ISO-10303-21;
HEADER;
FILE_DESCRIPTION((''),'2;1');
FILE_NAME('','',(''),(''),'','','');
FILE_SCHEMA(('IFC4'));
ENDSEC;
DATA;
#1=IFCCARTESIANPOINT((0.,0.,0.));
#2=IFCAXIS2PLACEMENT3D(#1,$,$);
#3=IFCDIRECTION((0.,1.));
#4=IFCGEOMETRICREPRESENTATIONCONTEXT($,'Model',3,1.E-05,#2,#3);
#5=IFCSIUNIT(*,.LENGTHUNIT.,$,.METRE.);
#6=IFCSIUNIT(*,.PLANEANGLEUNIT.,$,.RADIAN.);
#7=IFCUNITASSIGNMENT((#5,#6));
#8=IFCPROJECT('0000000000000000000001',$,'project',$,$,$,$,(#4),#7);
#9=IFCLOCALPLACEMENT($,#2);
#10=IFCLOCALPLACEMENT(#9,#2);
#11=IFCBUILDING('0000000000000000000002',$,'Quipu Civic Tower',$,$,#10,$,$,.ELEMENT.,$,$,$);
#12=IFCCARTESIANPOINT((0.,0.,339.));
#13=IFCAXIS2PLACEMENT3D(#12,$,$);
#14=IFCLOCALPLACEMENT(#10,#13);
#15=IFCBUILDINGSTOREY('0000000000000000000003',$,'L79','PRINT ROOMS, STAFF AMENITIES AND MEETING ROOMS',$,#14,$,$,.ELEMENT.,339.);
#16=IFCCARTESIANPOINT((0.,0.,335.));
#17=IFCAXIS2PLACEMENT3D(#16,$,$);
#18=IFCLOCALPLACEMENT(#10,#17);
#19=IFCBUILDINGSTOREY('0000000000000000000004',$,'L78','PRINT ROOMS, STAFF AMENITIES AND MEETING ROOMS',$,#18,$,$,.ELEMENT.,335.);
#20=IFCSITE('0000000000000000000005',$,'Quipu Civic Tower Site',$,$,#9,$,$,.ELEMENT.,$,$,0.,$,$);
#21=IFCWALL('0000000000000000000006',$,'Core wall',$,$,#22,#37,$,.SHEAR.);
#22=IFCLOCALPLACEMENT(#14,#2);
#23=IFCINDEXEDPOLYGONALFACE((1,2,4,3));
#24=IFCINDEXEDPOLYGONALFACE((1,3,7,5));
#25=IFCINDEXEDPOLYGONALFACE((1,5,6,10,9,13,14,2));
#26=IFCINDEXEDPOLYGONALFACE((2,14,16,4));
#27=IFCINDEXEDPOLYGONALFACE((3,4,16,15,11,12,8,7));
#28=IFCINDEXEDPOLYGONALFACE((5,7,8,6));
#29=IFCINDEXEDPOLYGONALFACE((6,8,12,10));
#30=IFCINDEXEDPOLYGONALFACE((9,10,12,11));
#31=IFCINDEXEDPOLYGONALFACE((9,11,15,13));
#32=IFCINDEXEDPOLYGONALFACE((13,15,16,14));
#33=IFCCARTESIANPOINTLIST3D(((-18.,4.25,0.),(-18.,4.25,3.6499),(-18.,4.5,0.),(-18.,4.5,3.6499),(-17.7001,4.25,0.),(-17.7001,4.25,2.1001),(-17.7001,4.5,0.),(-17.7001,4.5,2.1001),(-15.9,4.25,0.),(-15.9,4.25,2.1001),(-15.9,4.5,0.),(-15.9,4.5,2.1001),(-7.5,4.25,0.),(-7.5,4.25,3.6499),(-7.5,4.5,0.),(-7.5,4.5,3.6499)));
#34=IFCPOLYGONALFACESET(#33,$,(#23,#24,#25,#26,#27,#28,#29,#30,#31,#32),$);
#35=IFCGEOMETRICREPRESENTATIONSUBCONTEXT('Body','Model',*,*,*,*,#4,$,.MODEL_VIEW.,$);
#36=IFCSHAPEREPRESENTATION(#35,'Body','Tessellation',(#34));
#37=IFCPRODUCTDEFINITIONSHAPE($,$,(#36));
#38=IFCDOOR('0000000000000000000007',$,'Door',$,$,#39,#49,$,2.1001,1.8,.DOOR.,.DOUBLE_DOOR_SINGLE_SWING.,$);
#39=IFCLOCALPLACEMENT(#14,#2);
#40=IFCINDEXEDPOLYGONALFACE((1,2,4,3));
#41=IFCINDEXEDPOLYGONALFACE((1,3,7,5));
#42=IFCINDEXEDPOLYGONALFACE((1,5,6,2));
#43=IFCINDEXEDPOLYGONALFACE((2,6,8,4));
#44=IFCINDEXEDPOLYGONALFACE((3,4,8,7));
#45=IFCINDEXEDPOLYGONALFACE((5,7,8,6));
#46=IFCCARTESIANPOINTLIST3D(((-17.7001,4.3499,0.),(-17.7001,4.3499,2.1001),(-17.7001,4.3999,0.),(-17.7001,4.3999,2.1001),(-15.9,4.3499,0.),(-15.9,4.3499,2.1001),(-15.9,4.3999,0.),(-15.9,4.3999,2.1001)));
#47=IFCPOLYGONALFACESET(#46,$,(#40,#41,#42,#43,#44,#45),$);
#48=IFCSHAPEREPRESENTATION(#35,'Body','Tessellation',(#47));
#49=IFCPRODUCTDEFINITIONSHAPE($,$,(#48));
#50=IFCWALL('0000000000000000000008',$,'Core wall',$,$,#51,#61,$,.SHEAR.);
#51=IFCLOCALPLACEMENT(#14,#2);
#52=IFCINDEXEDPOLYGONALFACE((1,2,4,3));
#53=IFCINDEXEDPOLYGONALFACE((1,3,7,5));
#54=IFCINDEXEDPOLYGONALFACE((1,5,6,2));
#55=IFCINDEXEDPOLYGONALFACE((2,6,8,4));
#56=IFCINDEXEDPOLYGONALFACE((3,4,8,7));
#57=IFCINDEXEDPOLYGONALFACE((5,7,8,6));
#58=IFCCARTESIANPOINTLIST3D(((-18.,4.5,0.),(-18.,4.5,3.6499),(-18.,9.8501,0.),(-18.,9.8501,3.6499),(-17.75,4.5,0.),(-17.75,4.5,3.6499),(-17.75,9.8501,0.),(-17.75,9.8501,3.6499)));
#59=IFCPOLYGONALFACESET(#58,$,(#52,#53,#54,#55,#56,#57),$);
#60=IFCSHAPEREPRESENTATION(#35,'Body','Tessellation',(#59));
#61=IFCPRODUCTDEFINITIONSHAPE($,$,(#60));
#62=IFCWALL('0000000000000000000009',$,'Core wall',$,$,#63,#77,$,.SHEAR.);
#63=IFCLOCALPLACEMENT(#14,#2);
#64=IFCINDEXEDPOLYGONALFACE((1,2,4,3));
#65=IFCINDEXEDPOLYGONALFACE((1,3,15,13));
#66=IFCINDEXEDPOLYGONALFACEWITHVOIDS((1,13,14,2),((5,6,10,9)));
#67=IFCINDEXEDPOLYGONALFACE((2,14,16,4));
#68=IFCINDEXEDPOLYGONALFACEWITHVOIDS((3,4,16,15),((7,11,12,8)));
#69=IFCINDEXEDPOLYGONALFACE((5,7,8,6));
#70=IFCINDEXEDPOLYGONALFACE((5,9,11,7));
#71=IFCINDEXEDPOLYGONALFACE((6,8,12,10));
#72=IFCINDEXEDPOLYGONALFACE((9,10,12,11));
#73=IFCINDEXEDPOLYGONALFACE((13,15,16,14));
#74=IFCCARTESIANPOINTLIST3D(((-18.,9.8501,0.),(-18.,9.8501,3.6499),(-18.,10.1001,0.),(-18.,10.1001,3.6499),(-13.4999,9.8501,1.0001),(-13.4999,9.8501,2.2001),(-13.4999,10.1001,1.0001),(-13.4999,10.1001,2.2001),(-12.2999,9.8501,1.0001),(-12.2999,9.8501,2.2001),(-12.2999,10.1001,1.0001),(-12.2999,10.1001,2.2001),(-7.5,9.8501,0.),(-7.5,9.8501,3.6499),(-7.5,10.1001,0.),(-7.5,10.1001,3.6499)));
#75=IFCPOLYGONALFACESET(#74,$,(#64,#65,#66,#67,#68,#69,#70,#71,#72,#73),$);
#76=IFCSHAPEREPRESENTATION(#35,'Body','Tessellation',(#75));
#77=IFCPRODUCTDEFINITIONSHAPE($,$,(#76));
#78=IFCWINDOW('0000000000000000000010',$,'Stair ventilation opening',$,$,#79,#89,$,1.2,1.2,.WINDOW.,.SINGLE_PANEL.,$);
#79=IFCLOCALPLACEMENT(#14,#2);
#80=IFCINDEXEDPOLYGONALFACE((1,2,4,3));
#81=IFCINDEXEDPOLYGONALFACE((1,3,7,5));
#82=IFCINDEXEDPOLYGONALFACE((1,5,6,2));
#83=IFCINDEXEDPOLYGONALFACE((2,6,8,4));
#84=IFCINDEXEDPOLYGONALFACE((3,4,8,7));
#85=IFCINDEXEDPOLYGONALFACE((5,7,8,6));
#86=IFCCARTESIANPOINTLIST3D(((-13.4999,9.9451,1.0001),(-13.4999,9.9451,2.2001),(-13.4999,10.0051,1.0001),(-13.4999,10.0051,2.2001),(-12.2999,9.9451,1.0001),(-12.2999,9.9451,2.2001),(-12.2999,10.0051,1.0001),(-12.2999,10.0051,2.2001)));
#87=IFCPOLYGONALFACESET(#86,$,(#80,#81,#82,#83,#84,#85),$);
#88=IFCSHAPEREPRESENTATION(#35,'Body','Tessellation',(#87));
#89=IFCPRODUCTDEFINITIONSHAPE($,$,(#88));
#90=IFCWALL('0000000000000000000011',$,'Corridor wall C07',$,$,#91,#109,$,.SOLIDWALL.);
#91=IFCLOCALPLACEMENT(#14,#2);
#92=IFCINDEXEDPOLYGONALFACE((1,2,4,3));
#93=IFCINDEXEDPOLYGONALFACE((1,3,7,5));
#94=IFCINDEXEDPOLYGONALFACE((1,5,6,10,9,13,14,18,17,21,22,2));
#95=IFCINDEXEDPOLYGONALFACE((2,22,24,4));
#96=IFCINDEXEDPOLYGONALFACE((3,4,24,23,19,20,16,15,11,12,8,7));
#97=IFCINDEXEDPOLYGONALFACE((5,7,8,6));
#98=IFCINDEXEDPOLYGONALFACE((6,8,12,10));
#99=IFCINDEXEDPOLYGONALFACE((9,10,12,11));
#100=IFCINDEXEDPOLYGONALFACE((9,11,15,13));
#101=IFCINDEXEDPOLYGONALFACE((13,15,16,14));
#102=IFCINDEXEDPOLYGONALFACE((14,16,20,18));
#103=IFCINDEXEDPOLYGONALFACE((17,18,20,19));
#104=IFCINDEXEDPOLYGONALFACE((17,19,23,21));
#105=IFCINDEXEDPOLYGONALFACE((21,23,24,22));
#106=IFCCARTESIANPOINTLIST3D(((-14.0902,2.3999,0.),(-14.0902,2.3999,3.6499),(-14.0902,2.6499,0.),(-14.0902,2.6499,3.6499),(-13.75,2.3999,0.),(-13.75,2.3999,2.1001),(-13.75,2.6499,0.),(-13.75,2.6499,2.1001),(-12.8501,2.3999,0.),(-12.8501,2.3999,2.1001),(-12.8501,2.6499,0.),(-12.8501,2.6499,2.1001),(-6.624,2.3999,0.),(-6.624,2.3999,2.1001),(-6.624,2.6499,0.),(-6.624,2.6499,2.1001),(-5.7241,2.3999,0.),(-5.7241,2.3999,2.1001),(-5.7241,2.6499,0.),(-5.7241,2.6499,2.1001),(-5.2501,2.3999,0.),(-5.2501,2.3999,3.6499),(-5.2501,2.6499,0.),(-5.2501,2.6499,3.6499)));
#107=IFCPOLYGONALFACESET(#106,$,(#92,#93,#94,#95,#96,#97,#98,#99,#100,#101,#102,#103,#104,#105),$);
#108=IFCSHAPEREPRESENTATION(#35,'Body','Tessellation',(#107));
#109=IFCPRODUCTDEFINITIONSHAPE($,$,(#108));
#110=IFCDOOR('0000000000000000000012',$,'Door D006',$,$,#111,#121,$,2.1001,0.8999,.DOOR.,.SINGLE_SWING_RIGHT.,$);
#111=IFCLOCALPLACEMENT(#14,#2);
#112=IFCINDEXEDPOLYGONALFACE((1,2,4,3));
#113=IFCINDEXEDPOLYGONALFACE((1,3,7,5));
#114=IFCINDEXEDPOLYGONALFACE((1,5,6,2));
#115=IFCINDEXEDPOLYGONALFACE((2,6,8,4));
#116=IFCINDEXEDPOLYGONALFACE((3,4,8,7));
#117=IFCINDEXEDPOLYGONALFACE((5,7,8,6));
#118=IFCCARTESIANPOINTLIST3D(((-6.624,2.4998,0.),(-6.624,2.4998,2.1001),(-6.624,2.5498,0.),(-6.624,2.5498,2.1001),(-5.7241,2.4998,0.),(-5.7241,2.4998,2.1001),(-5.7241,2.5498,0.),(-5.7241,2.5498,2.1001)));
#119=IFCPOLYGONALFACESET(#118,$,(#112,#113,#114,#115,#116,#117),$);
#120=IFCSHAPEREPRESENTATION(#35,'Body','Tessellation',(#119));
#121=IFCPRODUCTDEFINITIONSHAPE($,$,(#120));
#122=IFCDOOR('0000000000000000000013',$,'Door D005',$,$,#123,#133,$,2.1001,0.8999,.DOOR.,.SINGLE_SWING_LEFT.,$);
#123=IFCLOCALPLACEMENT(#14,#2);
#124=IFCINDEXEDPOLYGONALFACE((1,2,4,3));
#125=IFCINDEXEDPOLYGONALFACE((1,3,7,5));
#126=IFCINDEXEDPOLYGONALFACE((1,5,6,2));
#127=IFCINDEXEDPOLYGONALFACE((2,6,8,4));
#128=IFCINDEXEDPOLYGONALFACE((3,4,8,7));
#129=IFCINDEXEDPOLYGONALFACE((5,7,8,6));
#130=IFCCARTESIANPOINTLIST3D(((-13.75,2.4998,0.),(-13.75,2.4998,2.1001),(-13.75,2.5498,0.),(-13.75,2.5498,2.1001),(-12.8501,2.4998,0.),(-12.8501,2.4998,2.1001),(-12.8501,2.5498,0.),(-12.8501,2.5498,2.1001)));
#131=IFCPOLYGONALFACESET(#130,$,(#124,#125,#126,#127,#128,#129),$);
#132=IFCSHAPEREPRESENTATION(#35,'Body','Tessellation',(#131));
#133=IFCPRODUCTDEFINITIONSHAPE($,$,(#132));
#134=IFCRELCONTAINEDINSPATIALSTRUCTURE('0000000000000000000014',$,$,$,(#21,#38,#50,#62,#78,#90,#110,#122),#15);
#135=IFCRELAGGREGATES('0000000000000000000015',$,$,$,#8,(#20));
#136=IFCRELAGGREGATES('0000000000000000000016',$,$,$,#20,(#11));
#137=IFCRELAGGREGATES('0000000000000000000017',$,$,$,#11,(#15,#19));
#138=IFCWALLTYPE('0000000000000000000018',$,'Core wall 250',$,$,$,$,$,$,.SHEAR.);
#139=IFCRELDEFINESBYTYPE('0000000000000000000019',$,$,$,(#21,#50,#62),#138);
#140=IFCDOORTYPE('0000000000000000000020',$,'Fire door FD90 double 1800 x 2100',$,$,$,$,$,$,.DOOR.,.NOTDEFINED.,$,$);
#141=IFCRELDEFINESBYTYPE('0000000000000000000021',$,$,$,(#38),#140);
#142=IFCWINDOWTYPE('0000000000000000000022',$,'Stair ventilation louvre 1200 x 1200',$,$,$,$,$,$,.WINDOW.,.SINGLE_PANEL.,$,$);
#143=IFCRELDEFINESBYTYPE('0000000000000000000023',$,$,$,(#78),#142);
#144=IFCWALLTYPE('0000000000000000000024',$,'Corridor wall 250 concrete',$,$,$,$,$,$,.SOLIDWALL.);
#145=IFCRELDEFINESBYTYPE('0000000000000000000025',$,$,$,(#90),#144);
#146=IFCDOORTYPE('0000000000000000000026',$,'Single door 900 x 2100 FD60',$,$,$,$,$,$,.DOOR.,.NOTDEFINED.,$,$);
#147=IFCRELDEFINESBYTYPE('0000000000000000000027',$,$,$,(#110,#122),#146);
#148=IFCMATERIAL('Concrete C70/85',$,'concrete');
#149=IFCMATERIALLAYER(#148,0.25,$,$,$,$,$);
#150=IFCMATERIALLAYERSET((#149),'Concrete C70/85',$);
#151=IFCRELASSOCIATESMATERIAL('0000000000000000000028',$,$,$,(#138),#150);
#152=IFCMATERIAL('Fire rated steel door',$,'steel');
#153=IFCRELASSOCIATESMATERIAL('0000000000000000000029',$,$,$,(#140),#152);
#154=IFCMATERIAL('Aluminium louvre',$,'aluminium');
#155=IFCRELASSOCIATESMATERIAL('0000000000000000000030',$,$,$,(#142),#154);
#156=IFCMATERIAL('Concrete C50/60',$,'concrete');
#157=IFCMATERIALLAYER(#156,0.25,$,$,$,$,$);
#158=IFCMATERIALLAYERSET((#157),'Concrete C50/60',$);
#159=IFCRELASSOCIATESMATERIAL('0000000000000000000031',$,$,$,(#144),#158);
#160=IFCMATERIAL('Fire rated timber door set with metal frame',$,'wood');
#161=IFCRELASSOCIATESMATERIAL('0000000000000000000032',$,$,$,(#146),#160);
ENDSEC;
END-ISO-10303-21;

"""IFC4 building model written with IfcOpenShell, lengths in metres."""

from ifc_helpers import new_model, si_unit, direction, frame, frame_2d, origin, place, context, subcontext, project, spatial, rectangle, extrude, material, layer, layer_set, type_object, element, fill, save


model = new_model("IFC4")

# Units and contexts
model_context = context("Model", 3, precision=1e-05, world=origin(), true_north=direction((0.0, 1.0)))
body_context = subcontext(model_context, "Body", "Model", "MODEL_VIEW")
ifc_project = project(units=[si_unit("LENGTHUNIT", "METRE"), si_unit("PLANEANGLEUNIT", "RADIAN")], contexts=[model_context])

# Site, building, storey
site_placement = place(None, origin())
site = spatial("IfcSite", under=ifc_project, at=site_placement, Name="Quipu Civic Tower Site", CompositionType="ELEMENT", RefElevation=0.0)
building_placement = place(site_placement, origin())
building = spatial("IfcBuilding", under=site, at=building_placement, Name="Quipu Civic Tower", CompositionType="ELEMENT")
storey_1_placement = place(building_placement, frame((0.0, 0.0, 339.0)))
storey_1 = spatial("IfcBuildingStorey", under=building, at=storey_1_placement, Name="L79", Description="PRINT ROOMS, STAFF AMENITIES AND MEETING ROOMS", CompositionType="ELEMENT", Elevation=339.0)

# Shared definitions
storey_2_placement = place(building_placement, frame((0.0, 0.0, 335.0)))
storey_2 = spatial("IfcBuildingStorey", under=building, at=storey_2_placement, Name="L78", Description="PRINT ROOMS, STAFF AMENITIES AND MEETING ROOMS", CompositionType="ELEMENT", Elevation=335.0)

# Shared definitions
ifc_material_1 = material(Name="Concrete C70/85", Category="concrete")
ifc_layer_1 = layer(ifc_material_1, 0.25)
ifc_layer_set_1 = layer_set([ifc_layer_1], Name="Concrete C70/85")
wall_type_1 = type_object("IfcWallType", Name="Core wall 250", PredefinedType="SHEAR", material=ifc_layer_set_1)

# Wall, opening, door
wall_1_placement = place(storey_1_placement, frame((-18.0, 4.375, 0.0), z_axis=(0.0, 0.0, 1.0), x_axis=(1.0, 0.0, 0.0)))
wall_1 = element("IfcWall", 1, at=wall_1_placement, inside=storey_1, type_object=wall_type_1, Name="Core wall", PredefinedType="SHEAR", context=body_context, shape_type="SweptSolid", body=[
    extrude(rectangle(XDim=10.5, YDim=0.25, at=frame_2d((5.25, 0.0))), origin(), (0.0, 0.0, 1.0), 3.6499),
])
opening_1_placement = place(wall_1_placement, frame((0.3, 0.0, 0.0)))
opening_1 = element("IfcOpeningElement", 2, at=opening_1_placement, cuts=wall_1, PredefinedType="OPENING", context=body_context, shape_type="SweptSolid", body=[
    extrude(rectangle(XDim=1.8, YDim=2.1001, at=frame_2d((0.8999, 1.05))), frame((0.0, 0.135, 0.0), z_axis=(0.0, -1.0, 0.0), x_axis=(1.0, 0.0, 0.0)), (0.0, 0.0, 1.0), 0.27),
])
ifc_material_2 = material(Name="Fire rated steel door", Category="steel")
door_type_1 = type_object("IfcDoorType", Name="Fire door FD90 double 1800 x 2100", OperationType="NOTDEFINED", PredefinedType="DOOR", material=ifc_material_2)
door_1_placement = place(opening_1_placement, origin())
door_1 = element("IfcDoor", 3, at=door_1_placement, inside=storey_1, type_object=door_type_1, Name="Door", OperationType="DOUBLE_DOOR_SINGLE_SWING", OverallHeight=2.1001, OverallWidth=1.8, PredefinedType="DOOR", context=body_context, shape_type="SweptSolid", body=[
    extrude(rectangle(XDim=1.8, YDim=2.1001, at=frame_2d((0.8999, 1.05))), frame((0.0, 0.0249, 0.0), z_axis=(0.0, -1.0, 0.0), x_axis=(1.0, 0.0, 0.0)), (0.0, 0.0, 1.0), 0.05),
])
fill(opening_1, door_1)

# Wall
wall_2_placement = place(storey_1_placement, frame((-17.875, 4.5, 0.0), z_axis=(0.0, 0.0, 1.0), x_axis=(0.0, 1.0, 0.0)))
element("IfcWall", 4, at=wall_2_placement, inside=storey_1, type_object=wall_type_1, Name="Core wall", PredefinedType="SHEAR", context=body_context, shape_type="SweptSolid", body=[
    extrude(rectangle(XDim=5.3501, YDim=0.25, at=frame_2d((2.675, 0.0))), origin(), (0.0, 0.0, 1.0), 3.6499),
])

# Wall, opening, window
wall_3_placement = place(storey_1_placement, frame((-18.0, 9.9751, 0.0), z_axis=(0.0, 0.0, 1.0), x_axis=(1.0, 0.0, 0.0)))
wall_3 = element("IfcWall", 5, at=wall_3_placement, inside=storey_1, type_object=wall_type_1, Name="Core wall", PredefinedType="SHEAR", context=body_context, shape_type="SweptSolid", body=[
    extrude(rectangle(XDim=10.5, YDim=0.25, at=frame_2d((5.25, 0.0))), origin(), (0.0, 0.0, 1.0), 3.6499),
])
opening_2_placement = place(wall_3_placement, frame((4.5, 0.0, 1.0)))
opening_2 = element("IfcOpeningElement", 6, at=opening_2_placement, cuts=wall_3, PredefinedType="OPENING", context=body_context, shape_type="SweptSolid", body=[
    extrude(rectangle(XDim=1.2, YDim=1.2, at=frame_2d((0.6001, 0.6001))), frame((0.0, 0.135, 0.0), z_axis=(0.0, -1.0, 0.0), x_axis=(1.0, 0.0, 0.0)), (0.0, 0.0, 1.0), 0.27),
])
ifc_material_3 = material(Name="Aluminium louvre", Category="aluminium")
window_type = type_object("IfcWindowType", Name="Stair ventilation louvre 1200 x 1200", PartitioningType="SINGLE_PANEL", PredefinedType="WINDOW", material=ifc_material_3)
window_placement = place(opening_2_placement, origin())
window = element("IfcWindow", 7, at=window_placement, inside=storey_1, type_object=window_type, Name="Stair ventilation opening", OverallHeight=1.2, OverallWidth=1.2, PartitioningType="SINGLE_PANEL", PredefinedType="WINDOW", context=body_context, shape_type="SweptSolid", body=[
    extrude(rectangle(XDim=1.2, YDim=1.2, at=frame_2d((0.6001, 0.6001))), frame((0.0, 0.03, 0.0), z_axis=(0.0, -1.0, 0.0), x_axis=(1.0, 0.0, 0.0)), (0.0, 0.0, 1.0), 0.0601),
])
fill(opening_2, window)

# Wall, openings, doors
ifc_material_4 = material(Name="Concrete C50/60", Category="concrete")
ifc_layer_2 = layer(ifc_material_4, 0.25)
ifc_layer_set_2 = layer_set([ifc_layer_2], Name="Concrete C50/60")
wall_type_2 = type_object("IfcWallType", Name="Corridor wall 250 concrete", PredefinedType="SOLIDWALL", material=ifc_layer_set_2)
wall_4_placement = place(storey_1_placement, frame((-14.0901, 2.5249, 0.0), z_axis=(0.0, 0.0, 1.0), x_axis=(1.0, 0.0, 0.0)))
wall_4 = element("IfcWall", 8, at=wall_4_placement, inside=storey_1, type_object=wall_type_2, Name="Corridor wall C07", PredefinedType="SOLIDWALL", context=body_context, shape_type="SweptSolid", body=[
    extrude(rectangle(XDim=8.8401, YDim=0.25, at=frame_2d((4.4199, 0.0))), origin(), (0.0, 0.0, 1.0), 3.6499),
])
opening_3_placement = place(wall_4_placement, frame((7.4661, 0.0, 0.0)))
opening_3 = element("IfcOpeningElement", 9, at=opening_3_placement, cuts=wall_4, PredefinedType="OPENING", context=body_context, shape_type="SweptSolid", body=[
    extrude(rectangle(XDim=0.8999, YDim=2.1001, at=frame_2d((0.45, 1.05))), frame((0.0, 0.135, 0.0), z_axis=(0.0, -1.0, 0.0), x_axis=(1.0, 0.0, 0.0)), (0.0, 0.0, 1.0), 0.27),
])
opening_4_placement = place(wall_4_placement, frame((0.3401, 0.0, 0.0)))
opening_4 = element("IfcOpeningElement", 10, at=opening_4_placement, cuts=wall_4, PredefinedType="OPENING", context=body_context, shape_type="SweptSolid", body=[
    extrude(rectangle(XDim=0.8999, YDim=2.1001, at=frame_2d((0.45, 1.05))), frame((0.0, 0.135, 0.0), z_axis=(0.0, -1.0, 0.0), x_axis=(1.0, 0.0, 0.0)), (0.0, 0.0, 1.0), 0.27),
])
ifc_material_5 = material(Name="Fire rated timber door set with metal frame", Category="wood")
door_type_2 = type_object("IfcDoorType", Name="Single door 900 x 2100 FD60", OperationType="NOTDEFINED", PredefinedType="DOOR", material=ifc_material_5)
door_2_placement = place(opening_3_placement, origin())
door_2 = element("IfcDoor", 11, at=door_2_placement, inside=storey_1, type_object=door_type_2, Name="Door D006", OperationType="SINGLE_SWING_RIGHT", OverallHeight=2.1001, OverallWidth=0.8999, PredefinedType="DOOR", context=body_context, shape_type="SweptSolid", body=[
    extrude(rectangle(XDim=0.8999, YDim=2.1001, at=frame_2d((0.45, 1.05))), frame((0.0, 0.0249, 0.0), z_axis=(0.0, -1.0, 0.0), x_axis=(1.0, 0.0, 0.0)), (0.0, 0.0, 1.0), 0.05),
])
fill(opening_3, door_2)
door_3_placement = place(opening_4_placement, origin())
door_3 = element("IfcDoor", 12, at=door_3_placement, inside=storey_1, type_object=door_type_2, Name="Door D005", OperationType="SINGLE_SWING_LEFT", OverallHeight=2.1001, OverallWidth=0.8999, PredefinedType="DOOR", context=body_context, shape_type="SweptSolid", body=[
    extrude(rectangle(XDim=0.8999, YDim=2.1001, at=frame_2d((0.45, 1.05))), frame((0.0, 0.0249, 0.0), z_axis=(0.0, -1.0, 0.0), x_axis=(1.0, 0.0, 0.0)), (0.0, 0.0, 1.0), 0.05),
])
fill(opening_4, door_3)

save(model, "model.ifc")
